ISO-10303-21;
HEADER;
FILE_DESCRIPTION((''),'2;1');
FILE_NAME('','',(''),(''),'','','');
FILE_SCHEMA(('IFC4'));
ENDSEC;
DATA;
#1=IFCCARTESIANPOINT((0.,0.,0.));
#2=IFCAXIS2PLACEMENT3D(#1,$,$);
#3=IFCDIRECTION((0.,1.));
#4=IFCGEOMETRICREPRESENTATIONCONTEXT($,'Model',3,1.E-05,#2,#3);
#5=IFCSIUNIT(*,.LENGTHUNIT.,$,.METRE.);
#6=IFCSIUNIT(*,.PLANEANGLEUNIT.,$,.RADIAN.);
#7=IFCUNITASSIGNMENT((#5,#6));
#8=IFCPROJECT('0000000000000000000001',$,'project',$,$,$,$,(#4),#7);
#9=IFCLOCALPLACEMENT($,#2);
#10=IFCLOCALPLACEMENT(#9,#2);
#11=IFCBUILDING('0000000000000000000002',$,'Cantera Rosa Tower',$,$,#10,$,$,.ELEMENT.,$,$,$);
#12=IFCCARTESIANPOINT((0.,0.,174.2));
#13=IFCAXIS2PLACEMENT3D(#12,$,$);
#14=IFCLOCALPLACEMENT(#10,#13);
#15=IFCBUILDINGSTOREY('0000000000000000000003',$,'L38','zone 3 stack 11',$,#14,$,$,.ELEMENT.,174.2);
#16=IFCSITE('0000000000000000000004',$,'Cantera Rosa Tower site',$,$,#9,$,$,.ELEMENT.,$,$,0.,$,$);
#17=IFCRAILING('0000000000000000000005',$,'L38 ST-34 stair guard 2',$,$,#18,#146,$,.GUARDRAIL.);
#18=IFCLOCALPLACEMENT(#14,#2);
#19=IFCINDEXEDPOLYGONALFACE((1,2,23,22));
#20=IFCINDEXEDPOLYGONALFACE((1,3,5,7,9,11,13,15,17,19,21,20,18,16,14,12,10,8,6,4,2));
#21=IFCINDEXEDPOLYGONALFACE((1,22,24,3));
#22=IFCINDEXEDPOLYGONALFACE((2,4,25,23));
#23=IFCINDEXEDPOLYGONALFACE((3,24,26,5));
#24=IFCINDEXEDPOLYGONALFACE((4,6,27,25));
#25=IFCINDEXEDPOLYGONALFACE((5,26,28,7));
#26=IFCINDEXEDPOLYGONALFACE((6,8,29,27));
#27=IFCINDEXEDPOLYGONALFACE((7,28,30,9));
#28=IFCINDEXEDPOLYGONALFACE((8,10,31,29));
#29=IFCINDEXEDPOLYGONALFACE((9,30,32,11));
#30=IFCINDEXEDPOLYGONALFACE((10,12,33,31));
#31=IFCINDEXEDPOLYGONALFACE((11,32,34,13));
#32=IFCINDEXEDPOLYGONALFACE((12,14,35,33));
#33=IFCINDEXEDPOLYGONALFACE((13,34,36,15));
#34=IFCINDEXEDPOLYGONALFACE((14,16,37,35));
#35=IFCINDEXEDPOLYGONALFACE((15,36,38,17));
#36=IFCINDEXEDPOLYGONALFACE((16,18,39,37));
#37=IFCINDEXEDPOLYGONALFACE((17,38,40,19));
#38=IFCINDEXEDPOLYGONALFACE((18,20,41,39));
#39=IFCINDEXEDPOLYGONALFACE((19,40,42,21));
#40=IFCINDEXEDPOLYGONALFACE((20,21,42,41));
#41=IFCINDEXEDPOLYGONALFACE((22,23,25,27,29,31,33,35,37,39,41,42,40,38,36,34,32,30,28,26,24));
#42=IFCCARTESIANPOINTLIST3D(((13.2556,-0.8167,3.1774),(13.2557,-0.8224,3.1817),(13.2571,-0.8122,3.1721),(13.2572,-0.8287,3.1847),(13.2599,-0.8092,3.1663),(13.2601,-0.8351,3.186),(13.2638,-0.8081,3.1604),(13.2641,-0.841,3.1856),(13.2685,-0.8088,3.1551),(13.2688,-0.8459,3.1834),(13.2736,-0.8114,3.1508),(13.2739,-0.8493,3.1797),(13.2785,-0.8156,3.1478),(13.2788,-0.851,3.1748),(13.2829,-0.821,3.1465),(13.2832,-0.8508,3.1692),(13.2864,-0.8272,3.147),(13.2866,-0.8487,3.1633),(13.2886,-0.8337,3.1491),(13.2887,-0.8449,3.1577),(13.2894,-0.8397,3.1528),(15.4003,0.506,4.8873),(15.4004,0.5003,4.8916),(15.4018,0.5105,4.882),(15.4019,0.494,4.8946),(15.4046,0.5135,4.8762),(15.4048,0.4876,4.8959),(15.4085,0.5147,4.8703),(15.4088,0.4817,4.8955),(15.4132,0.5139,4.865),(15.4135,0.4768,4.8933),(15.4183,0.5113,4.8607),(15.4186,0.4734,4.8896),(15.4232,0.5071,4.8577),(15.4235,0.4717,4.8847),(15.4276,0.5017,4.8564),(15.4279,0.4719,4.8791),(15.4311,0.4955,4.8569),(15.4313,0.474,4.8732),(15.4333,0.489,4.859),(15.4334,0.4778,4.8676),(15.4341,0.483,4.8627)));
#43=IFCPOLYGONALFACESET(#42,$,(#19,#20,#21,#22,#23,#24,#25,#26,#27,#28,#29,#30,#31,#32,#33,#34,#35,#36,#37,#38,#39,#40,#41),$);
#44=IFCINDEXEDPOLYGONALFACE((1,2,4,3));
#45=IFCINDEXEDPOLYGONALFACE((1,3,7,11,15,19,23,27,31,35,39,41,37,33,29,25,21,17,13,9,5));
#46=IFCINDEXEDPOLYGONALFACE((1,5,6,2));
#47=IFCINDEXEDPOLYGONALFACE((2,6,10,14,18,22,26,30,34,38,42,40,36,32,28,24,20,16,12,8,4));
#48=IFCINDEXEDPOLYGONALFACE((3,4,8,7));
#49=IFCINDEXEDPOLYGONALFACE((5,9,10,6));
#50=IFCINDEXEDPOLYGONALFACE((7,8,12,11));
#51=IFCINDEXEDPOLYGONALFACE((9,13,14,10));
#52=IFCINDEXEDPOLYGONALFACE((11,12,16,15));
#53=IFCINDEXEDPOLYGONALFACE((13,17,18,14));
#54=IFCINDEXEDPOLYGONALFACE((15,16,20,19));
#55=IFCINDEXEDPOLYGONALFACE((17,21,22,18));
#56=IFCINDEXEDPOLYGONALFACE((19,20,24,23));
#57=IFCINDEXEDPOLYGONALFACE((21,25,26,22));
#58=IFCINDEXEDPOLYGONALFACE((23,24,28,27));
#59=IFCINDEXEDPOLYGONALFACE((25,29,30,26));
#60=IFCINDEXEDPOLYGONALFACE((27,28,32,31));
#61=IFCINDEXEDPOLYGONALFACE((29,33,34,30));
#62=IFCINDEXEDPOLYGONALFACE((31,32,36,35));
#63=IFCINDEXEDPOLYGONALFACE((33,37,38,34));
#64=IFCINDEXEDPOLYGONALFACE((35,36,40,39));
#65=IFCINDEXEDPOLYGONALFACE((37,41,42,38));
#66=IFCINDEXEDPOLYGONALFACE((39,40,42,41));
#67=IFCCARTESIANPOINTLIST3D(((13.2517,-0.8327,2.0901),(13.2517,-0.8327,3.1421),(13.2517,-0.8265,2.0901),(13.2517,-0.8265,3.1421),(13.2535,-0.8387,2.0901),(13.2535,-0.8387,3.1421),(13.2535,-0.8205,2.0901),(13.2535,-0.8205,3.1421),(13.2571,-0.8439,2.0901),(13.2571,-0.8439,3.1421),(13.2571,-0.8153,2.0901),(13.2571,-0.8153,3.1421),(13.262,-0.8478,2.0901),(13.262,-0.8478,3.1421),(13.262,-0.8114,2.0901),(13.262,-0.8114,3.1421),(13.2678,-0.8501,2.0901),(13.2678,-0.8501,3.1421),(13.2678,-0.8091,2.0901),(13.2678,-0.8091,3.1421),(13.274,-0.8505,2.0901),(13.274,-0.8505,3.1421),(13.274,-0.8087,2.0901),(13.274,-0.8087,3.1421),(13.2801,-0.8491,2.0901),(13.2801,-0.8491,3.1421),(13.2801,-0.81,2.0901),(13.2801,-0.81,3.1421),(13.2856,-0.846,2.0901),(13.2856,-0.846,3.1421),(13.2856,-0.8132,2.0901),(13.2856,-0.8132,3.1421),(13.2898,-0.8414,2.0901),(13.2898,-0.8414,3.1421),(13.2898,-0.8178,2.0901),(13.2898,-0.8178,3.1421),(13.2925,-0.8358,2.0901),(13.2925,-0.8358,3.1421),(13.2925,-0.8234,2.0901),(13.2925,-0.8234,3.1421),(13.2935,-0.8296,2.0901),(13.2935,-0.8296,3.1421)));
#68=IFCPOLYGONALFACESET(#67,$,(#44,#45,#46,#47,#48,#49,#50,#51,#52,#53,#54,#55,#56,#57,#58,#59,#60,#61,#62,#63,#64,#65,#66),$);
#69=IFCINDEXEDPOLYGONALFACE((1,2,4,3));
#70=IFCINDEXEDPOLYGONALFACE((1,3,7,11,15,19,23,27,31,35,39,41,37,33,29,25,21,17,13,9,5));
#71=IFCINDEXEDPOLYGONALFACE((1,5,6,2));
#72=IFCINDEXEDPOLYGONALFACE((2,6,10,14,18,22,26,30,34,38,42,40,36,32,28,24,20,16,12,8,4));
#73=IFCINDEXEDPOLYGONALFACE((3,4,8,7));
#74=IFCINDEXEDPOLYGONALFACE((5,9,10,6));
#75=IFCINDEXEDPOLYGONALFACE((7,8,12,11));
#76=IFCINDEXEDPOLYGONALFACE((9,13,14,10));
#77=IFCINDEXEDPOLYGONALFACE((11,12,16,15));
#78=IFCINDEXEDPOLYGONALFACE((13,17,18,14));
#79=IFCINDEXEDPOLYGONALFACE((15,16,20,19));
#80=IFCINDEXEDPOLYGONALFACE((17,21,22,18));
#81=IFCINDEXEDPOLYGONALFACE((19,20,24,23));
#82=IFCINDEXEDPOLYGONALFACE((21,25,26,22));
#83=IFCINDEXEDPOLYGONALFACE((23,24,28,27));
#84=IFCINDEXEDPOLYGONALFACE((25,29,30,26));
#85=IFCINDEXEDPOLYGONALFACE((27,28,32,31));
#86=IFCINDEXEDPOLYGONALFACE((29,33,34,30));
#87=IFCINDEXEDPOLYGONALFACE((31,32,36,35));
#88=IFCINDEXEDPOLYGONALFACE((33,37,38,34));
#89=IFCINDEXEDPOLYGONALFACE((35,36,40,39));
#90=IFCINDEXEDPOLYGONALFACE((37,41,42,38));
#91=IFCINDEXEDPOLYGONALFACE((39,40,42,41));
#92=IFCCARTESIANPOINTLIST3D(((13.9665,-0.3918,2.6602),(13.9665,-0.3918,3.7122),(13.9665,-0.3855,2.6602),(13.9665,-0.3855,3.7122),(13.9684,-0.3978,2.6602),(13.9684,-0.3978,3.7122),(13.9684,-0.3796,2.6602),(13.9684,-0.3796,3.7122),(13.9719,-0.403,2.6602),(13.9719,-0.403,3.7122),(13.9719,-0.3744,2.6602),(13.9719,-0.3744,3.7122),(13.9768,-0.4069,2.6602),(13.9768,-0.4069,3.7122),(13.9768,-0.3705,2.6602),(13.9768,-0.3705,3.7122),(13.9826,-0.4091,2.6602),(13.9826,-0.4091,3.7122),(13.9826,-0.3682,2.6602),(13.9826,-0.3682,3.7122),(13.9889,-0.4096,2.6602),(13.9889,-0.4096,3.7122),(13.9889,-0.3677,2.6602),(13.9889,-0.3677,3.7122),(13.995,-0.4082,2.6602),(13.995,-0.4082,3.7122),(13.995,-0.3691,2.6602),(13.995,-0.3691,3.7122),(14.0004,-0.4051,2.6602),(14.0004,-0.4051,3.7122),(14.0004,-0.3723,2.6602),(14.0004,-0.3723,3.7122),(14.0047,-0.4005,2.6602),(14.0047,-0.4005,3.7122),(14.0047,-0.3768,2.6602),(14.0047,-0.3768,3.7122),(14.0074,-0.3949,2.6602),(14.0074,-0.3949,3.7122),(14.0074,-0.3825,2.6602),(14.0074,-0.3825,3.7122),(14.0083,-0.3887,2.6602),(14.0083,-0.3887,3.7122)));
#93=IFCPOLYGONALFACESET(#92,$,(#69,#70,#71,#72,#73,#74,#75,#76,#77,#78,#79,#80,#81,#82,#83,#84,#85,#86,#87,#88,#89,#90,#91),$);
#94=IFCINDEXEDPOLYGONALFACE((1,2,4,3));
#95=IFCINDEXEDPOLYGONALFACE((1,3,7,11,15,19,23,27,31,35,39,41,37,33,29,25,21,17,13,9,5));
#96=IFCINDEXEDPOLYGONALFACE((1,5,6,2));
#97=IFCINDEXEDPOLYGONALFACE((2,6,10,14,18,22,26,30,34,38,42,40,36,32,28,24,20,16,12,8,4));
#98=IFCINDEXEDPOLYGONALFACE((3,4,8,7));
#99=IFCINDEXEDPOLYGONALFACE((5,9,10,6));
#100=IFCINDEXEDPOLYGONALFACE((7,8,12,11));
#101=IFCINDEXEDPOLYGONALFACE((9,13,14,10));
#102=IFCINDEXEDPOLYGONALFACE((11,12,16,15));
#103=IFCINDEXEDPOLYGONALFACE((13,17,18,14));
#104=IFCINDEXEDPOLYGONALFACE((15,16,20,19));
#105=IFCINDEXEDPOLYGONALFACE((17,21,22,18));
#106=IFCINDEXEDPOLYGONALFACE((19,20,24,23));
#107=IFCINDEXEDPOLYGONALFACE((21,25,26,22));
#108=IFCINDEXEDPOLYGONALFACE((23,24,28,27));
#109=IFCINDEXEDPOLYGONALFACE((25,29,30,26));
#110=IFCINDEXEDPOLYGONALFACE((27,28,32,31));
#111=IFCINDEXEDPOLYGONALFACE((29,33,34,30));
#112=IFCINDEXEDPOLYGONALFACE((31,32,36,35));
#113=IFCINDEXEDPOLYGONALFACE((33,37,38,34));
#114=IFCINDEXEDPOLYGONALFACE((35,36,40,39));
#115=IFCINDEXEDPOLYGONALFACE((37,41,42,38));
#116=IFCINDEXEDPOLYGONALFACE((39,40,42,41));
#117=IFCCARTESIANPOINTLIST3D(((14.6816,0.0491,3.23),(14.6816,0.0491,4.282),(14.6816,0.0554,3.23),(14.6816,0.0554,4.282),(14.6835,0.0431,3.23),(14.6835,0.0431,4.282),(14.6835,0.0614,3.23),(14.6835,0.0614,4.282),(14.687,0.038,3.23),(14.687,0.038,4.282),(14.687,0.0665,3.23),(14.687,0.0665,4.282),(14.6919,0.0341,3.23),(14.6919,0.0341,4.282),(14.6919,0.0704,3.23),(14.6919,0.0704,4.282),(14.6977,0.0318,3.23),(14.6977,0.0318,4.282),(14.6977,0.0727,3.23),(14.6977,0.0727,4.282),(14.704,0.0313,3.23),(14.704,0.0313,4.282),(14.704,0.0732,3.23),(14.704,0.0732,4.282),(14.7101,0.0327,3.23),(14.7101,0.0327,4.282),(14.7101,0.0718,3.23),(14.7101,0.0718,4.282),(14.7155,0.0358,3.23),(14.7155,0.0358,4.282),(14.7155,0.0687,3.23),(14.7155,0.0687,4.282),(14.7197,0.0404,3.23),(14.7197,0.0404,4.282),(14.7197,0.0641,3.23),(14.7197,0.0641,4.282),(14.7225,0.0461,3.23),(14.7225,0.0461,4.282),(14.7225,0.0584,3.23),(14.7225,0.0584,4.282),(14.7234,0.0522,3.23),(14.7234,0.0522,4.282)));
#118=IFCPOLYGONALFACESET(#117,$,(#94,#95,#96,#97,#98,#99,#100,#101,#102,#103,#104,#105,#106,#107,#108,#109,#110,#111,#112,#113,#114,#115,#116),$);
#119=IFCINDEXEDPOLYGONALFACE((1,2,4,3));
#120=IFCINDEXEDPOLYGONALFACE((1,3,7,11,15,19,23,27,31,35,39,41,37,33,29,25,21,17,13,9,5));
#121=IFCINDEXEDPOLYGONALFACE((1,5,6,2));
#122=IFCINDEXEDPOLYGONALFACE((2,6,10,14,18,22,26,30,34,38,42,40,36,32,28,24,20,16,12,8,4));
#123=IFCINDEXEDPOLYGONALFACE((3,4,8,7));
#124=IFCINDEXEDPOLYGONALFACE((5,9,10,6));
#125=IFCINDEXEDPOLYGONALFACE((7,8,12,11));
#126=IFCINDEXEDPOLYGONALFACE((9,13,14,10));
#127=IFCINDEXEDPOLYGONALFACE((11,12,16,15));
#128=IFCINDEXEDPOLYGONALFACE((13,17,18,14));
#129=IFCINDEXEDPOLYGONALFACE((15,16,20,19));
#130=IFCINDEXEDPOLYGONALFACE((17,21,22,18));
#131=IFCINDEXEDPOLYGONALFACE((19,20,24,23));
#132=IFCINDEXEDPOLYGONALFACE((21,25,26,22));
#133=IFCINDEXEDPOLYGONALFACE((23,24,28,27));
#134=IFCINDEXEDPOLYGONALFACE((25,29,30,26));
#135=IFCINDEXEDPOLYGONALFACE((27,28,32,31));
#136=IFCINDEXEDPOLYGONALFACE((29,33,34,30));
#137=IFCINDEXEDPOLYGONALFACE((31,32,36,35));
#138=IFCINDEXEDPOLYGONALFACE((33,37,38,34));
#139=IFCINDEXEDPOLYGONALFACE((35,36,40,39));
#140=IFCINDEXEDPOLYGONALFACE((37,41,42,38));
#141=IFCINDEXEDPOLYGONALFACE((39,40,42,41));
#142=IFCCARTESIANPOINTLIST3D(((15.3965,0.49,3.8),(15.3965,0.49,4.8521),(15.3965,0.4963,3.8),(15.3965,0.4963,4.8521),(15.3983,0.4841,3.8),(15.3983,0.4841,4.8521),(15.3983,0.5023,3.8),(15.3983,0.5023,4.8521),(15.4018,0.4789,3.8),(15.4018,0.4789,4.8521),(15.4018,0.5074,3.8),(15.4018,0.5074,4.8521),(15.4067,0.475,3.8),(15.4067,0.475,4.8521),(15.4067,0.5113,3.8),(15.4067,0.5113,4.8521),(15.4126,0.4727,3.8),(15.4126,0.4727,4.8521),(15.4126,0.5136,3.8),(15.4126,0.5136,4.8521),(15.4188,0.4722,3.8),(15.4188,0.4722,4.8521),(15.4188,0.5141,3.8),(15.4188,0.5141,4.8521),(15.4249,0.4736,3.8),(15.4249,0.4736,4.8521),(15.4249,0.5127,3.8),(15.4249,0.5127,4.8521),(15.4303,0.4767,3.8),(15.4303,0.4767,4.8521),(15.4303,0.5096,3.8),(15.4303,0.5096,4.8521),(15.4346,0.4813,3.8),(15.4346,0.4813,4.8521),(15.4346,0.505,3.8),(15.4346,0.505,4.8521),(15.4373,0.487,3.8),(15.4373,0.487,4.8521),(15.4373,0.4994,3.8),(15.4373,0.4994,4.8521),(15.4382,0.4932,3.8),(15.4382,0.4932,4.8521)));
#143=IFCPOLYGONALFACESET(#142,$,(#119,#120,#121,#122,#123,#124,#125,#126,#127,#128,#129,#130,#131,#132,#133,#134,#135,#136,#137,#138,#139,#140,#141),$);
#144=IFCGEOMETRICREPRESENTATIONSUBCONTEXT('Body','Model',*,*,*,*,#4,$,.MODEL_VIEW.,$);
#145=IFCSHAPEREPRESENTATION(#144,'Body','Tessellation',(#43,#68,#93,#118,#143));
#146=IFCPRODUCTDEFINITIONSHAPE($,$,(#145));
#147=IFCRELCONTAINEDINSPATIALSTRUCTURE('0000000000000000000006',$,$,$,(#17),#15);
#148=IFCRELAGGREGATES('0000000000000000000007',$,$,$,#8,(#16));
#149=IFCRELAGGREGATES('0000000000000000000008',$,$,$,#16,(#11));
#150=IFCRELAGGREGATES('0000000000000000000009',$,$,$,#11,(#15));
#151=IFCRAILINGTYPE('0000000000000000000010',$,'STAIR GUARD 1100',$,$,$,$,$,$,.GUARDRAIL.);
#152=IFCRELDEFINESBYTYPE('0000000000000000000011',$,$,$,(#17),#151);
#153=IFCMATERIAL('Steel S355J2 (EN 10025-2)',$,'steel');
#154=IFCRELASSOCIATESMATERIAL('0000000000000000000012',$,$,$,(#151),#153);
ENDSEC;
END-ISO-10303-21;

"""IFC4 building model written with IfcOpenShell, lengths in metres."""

from ifc_helpers import new_model, si_unit, direction, frame, origin, origin_2d, place, context, subcontext, project, spatial, circle, extrude, material, type_object, element, save


model = new_model("IFC4")

# Units and contexts
model_context = context("Model", 3, precision=1e-05, world=origin(), true_north=direction((0.0, 1.0)))
body_context = subcontext(model_context, "Body", "Model", "MODEL_VIEW")
ifc_project = project(units=[si_unit("LENGTHUNIT", "METRE"), si_unit("PLANEANGLEUNIT", "RADIAN")], contexts=[model_context])

# Site, building, storey
site_placement = place(None, origin())
site = spatial("IfcSite", under=ifc_project, at=site_placement, Name="Cantera Rosa Tower site", CompositionType="ELEMENT", RefElevation=0.0)
building_placement = place(site_placement, origin())
building = spatial("IfcBuilding", under=site, at=building_placement, Name="Cantera Rosa Tower", CompositionType="ELEMENT")
storey_placement = place(building_placement, frame((0.0, 0.0, 174.2)))
storey = spatial("IfcBuildingStorey", under=building, at=storey_placement, Name="L38", Description="zone 3 stack 11", CompositionType="ELEMENT", Elevation=174.2)

# Railing
ifc_material_1 = material(Name="Steel S355J2 (EN 10025-2)", Category="steel")
railing_type_1 = type_object("IfcRailingType", Name="STAIR GUARD 1100", PredefinedType="GUARDRAIL", material=ifc_material_1)
railing_1_placement = place(storey_placement, frame((13.2725, -0.8296, 2.0901)))
element("IfcRailing", 1, at=railing_1_placement, inside=storey, type_object=railing_type_1, Name="L38 ST-34 stair guard 2", PredefinedType="GUARDRAIL", context=body_context, shape_type="SweptSolid", body=[
    extrude(circle(Radius=0.0239, at=origin_2d()), frame((0.0, 0.0, 1.0762), z_axis=(0.704296, 0.434363, 0.561513), x_axis=(-0.52493, 0.851146, 0.0)), (0.0, 0.0, 1.0), 3.0452),
    extrude(circle(Radius=0.021, at=origin_2d()), origin(), (0.0, 0.0, 1.0), 1.052),
    extrude(circle(Radius=0.021, at=origin_2d()), frame((0.7148, 0.4409, 0.5701)), (0.0, 0.0, 1.0), 1.052),
    extrude(circle(Radius=0.021, at=origin_2d()), frame((1.4299, 0.8818, 1.1399)), (0.0, 0.0, 1.0), 1.052),
    extrude(circle(Radius=0.021, at=origin_2d()), frame((2.1448, 1.3228, 1.71)), (0.0, 0.0, 1.0), 1.052),
])

save(model, "model.ifc")
